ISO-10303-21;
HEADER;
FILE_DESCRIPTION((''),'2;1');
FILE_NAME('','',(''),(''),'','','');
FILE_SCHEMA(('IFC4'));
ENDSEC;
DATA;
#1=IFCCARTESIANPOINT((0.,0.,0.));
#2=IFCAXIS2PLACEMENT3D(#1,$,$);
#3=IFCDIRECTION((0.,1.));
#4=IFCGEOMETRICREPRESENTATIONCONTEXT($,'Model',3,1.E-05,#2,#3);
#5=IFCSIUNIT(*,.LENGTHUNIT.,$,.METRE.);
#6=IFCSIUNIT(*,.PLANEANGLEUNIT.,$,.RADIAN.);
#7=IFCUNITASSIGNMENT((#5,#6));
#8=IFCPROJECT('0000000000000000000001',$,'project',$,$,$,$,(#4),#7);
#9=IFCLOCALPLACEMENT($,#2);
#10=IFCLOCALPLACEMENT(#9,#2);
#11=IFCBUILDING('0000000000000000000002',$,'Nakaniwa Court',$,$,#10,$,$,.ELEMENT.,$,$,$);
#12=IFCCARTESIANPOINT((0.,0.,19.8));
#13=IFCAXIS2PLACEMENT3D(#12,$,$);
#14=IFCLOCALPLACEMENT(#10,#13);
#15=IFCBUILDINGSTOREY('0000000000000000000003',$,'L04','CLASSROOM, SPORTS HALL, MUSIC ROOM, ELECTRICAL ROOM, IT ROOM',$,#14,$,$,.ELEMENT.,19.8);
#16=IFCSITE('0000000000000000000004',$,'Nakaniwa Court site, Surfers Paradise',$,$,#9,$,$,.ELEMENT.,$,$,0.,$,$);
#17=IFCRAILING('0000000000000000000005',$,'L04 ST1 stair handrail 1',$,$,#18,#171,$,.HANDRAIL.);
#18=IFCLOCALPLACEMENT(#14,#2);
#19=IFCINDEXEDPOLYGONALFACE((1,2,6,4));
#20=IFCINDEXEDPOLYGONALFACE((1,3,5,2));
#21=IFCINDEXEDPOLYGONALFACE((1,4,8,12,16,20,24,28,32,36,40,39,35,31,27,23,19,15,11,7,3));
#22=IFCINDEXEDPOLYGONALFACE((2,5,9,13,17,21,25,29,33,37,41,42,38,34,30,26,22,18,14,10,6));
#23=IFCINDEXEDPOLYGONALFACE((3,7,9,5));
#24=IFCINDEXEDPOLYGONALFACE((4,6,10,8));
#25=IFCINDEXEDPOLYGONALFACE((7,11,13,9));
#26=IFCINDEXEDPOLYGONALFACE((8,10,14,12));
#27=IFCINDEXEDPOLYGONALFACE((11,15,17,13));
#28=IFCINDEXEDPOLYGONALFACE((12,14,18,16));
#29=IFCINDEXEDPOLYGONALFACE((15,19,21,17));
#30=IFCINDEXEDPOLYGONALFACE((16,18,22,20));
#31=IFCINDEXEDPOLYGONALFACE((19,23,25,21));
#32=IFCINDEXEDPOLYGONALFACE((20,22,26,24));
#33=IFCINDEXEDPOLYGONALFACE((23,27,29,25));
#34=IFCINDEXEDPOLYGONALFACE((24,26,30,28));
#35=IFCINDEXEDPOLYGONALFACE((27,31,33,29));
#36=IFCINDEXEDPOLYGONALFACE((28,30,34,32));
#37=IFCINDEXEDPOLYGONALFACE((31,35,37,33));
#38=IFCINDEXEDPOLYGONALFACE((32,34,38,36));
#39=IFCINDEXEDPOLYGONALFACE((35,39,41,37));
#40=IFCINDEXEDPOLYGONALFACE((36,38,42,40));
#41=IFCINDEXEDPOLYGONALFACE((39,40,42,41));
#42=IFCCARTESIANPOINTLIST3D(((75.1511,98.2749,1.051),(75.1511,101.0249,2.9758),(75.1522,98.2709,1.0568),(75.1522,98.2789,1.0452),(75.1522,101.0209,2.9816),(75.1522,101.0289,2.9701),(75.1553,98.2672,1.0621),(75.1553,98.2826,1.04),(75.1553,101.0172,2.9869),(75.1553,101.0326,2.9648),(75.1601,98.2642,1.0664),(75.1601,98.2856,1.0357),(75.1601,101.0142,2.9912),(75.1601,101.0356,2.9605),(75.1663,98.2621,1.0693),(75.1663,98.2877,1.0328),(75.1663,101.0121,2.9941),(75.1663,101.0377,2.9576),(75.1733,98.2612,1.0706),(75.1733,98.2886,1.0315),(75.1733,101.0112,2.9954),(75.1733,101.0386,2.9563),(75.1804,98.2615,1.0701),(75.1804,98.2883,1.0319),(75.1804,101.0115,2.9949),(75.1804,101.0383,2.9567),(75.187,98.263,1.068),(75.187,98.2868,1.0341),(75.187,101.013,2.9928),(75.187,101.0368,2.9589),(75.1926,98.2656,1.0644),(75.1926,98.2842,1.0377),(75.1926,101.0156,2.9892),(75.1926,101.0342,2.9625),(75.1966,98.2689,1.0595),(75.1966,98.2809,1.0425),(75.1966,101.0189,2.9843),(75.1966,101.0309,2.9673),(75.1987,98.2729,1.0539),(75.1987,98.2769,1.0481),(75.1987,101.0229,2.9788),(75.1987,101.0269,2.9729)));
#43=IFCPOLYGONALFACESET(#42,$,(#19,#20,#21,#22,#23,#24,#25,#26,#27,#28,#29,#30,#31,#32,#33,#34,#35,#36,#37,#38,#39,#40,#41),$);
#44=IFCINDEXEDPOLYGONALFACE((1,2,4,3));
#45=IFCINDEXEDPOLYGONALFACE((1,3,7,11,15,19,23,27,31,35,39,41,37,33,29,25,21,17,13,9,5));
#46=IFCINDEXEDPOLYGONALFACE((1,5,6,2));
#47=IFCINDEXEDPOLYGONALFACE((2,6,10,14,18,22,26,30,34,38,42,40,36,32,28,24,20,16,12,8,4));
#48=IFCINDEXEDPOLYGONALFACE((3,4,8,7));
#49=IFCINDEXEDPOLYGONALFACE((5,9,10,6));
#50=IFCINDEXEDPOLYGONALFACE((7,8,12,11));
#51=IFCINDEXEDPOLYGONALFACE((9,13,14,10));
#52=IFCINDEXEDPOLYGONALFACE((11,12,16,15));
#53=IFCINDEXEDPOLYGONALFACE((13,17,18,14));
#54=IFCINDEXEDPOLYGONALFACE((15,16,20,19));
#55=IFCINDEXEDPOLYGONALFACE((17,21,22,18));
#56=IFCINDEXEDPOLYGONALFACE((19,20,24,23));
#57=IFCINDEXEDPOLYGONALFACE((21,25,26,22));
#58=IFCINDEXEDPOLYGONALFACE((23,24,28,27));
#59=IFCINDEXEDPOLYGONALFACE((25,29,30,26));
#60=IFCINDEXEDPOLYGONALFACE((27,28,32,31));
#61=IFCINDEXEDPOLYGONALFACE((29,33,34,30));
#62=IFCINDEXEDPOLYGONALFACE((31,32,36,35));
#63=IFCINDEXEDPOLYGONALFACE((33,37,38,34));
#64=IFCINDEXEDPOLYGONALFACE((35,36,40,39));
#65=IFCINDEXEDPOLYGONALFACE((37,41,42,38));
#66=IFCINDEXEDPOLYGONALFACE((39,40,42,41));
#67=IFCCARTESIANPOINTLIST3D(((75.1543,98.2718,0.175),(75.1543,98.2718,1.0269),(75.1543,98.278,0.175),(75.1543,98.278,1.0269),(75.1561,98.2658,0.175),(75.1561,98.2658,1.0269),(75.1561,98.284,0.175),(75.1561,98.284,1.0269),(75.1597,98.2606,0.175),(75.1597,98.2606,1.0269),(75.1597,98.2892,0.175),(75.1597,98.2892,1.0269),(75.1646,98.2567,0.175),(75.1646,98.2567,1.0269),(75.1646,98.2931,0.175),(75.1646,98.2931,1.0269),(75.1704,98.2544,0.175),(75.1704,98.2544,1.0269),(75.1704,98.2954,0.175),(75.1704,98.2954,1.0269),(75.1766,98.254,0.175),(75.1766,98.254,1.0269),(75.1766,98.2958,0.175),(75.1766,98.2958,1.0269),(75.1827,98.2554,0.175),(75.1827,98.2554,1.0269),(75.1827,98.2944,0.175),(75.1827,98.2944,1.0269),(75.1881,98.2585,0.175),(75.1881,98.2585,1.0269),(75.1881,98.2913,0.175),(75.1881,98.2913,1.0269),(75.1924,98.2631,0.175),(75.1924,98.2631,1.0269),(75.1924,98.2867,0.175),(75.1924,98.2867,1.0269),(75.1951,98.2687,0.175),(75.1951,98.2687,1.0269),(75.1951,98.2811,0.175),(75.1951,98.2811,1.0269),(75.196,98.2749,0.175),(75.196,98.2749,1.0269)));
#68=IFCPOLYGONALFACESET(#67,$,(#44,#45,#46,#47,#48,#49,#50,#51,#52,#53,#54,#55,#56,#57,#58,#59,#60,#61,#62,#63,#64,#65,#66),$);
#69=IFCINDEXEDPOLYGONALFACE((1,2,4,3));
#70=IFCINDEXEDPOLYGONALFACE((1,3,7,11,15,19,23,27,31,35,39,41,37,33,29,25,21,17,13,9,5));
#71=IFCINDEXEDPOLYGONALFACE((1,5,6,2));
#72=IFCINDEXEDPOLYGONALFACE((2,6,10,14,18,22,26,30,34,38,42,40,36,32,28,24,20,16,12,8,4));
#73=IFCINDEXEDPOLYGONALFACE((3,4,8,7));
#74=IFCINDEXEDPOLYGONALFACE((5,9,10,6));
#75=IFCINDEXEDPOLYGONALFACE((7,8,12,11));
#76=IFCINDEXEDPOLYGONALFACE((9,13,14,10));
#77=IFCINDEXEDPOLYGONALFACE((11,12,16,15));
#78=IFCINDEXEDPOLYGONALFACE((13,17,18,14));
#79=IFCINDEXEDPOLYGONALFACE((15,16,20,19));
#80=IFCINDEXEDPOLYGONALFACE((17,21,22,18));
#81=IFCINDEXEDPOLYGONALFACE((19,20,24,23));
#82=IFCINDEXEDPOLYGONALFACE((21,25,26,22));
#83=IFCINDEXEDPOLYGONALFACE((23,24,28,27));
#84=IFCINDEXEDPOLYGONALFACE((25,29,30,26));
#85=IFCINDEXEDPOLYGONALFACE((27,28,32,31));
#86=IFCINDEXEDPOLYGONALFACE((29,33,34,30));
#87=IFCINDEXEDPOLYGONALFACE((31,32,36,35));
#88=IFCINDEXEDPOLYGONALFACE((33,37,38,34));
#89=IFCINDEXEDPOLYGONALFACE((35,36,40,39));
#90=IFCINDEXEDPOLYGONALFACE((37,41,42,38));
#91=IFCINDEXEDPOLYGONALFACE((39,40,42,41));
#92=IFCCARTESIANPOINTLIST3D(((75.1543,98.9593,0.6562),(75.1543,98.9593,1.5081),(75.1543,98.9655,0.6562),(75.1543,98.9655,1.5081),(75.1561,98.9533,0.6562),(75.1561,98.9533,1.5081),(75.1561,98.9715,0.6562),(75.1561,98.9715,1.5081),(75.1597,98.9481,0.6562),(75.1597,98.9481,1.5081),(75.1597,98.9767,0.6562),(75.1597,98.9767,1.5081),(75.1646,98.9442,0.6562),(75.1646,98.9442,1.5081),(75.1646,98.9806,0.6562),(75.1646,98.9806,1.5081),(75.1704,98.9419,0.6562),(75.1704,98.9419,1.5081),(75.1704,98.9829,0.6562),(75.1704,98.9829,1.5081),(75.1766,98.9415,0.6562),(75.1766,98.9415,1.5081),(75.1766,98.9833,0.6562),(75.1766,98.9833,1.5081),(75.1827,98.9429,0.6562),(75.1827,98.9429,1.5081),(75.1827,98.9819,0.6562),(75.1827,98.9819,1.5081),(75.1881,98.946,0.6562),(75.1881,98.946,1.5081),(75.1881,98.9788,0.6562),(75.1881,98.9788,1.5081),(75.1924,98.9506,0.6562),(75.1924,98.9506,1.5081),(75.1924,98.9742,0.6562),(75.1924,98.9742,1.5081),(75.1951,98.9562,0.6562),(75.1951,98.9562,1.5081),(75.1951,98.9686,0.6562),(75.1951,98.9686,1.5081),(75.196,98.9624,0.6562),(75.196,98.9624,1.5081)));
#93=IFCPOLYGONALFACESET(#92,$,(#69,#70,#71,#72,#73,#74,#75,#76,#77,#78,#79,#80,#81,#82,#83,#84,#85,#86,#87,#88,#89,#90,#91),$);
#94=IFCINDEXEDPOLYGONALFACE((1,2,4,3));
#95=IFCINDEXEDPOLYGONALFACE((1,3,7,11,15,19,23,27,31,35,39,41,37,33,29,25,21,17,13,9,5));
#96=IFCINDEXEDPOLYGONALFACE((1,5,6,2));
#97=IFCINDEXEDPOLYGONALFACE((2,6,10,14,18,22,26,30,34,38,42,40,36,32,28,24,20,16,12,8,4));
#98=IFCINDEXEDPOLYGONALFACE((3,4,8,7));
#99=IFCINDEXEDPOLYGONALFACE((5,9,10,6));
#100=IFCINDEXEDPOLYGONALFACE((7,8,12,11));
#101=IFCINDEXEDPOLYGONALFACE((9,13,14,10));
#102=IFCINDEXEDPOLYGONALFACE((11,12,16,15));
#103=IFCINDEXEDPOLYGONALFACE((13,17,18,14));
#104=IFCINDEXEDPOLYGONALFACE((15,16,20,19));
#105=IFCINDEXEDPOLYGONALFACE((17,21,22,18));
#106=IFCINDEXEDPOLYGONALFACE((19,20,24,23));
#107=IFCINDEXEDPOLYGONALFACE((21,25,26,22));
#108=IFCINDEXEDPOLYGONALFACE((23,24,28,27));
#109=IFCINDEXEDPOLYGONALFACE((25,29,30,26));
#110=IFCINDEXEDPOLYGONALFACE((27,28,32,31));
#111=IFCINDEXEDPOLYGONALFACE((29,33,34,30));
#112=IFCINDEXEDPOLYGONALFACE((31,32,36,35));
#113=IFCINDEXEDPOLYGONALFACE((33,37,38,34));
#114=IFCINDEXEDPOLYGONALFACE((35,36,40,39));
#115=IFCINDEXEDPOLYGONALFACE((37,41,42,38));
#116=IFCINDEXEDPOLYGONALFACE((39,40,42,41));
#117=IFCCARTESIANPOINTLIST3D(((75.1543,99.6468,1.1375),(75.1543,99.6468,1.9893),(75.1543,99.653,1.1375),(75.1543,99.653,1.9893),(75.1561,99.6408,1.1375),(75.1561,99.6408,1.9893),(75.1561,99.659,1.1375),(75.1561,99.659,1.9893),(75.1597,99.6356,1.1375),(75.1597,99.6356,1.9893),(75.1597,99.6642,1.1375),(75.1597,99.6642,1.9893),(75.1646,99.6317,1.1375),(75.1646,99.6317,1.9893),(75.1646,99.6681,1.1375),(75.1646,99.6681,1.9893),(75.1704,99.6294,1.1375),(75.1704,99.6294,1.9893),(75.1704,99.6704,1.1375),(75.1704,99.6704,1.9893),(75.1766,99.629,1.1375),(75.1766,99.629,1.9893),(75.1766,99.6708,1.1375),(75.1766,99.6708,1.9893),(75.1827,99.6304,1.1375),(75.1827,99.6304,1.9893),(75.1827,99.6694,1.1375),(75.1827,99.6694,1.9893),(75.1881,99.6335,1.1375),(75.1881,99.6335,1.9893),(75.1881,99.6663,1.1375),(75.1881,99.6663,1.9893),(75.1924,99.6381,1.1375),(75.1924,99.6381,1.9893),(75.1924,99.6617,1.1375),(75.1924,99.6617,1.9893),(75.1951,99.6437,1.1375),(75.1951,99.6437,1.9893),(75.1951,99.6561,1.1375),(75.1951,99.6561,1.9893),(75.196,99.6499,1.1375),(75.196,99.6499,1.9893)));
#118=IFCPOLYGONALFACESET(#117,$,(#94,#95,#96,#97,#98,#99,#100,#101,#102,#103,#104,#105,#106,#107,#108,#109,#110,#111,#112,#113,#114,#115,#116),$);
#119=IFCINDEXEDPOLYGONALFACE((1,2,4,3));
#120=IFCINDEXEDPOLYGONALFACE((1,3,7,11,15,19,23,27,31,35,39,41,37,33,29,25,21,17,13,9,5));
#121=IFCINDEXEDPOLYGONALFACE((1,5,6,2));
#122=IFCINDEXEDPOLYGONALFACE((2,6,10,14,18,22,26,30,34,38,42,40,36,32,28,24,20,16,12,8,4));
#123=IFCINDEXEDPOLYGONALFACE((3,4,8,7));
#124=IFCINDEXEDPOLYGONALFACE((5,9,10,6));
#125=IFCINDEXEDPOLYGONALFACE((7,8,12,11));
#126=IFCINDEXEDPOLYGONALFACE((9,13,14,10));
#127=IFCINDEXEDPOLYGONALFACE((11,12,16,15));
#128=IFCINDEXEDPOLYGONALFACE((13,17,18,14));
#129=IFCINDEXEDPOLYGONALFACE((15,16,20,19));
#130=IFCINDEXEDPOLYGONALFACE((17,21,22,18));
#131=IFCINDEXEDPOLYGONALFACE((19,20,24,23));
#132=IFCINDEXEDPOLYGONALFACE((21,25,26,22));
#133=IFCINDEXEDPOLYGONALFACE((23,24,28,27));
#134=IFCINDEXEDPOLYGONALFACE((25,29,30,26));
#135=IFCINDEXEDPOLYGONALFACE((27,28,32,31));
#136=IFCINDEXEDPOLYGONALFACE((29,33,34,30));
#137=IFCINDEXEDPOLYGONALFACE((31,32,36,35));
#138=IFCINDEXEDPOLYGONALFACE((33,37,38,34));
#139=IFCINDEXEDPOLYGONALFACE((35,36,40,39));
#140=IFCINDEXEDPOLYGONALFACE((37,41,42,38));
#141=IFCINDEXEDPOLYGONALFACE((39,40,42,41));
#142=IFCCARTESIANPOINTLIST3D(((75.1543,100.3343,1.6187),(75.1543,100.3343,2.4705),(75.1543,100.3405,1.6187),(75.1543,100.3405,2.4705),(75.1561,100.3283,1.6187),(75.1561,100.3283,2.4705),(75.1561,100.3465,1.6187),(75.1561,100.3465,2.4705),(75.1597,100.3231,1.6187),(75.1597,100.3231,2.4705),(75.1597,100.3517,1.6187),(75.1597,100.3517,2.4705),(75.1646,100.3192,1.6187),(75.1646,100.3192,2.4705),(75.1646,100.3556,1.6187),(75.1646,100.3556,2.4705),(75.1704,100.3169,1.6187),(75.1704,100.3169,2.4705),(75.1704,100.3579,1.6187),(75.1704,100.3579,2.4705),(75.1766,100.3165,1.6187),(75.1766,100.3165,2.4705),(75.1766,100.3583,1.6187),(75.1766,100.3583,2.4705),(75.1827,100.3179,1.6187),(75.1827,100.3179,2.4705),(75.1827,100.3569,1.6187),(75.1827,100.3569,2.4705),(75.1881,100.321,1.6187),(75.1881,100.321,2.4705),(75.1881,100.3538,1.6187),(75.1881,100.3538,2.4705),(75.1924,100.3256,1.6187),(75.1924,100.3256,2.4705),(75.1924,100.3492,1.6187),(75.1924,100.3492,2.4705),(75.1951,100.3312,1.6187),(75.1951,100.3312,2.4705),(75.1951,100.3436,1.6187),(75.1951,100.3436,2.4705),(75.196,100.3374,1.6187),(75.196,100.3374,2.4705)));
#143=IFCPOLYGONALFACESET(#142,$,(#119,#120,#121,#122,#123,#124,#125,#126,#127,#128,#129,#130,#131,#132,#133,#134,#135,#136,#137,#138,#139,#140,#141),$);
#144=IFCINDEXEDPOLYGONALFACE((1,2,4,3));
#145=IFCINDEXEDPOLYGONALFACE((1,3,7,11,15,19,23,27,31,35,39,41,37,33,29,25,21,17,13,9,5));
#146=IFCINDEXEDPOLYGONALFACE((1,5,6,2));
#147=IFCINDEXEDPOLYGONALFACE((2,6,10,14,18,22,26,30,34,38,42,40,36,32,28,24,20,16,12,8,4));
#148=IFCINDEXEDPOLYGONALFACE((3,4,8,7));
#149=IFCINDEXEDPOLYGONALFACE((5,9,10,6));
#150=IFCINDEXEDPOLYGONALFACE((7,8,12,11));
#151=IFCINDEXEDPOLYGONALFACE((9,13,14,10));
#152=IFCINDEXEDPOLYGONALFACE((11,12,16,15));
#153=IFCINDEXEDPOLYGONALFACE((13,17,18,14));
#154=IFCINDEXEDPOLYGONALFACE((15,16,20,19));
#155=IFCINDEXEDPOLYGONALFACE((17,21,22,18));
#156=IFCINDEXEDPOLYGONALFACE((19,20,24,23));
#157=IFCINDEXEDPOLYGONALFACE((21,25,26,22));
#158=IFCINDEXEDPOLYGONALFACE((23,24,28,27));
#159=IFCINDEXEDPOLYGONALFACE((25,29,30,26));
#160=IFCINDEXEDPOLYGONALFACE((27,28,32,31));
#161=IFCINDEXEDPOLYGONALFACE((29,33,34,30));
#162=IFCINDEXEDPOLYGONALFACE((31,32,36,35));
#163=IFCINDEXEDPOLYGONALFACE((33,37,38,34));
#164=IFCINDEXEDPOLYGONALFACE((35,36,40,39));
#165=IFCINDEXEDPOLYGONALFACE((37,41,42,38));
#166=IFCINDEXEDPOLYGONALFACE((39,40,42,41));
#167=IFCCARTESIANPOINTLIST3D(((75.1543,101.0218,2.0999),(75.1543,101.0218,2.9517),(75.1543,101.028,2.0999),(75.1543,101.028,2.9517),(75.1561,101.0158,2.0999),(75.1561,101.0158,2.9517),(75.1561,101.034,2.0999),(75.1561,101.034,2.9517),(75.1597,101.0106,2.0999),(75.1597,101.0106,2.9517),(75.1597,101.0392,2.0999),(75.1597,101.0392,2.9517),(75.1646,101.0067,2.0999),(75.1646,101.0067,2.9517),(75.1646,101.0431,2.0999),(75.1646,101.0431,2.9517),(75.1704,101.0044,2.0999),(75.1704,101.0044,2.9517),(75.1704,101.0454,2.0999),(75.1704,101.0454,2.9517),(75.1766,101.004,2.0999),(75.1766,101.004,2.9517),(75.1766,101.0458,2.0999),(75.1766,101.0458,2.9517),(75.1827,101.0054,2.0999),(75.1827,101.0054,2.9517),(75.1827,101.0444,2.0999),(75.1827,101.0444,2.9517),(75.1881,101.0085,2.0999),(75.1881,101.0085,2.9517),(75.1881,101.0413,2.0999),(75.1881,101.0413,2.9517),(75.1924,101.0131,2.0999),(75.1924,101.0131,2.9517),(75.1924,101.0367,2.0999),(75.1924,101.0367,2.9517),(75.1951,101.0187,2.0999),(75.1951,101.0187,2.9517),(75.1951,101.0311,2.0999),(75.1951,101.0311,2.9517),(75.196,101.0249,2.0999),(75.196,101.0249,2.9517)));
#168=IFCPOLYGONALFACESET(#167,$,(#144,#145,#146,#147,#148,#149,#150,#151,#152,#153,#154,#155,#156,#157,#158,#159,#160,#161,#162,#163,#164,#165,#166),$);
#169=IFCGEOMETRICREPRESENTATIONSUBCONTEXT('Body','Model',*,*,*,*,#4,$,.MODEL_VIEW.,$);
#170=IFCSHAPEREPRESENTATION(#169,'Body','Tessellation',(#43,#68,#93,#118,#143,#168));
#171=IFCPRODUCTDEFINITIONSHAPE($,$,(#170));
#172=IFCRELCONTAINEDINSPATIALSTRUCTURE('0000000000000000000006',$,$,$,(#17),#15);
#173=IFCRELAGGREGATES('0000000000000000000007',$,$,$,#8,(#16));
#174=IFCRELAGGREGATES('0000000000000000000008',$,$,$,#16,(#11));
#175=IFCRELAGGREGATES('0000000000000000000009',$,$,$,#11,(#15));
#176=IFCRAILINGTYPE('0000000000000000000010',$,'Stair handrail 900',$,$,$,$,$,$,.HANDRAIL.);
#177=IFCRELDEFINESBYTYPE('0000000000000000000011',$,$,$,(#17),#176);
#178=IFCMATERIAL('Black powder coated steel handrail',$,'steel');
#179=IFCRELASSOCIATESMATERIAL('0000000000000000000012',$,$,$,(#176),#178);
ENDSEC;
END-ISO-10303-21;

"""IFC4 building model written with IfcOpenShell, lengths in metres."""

from ifc_helpers import new_model, si_unit, direction, frame, origin, origin_2d, place, context, subcontext, project, spatial, circle, extrude, material, type_object, element, save


model = new_model("IFC4")

# Units and contexts
model_context = context("Model", 3, precision=1e-05, world=origin(), true_north=direction((0.0, 1.0)))
body_context = subcontext(model_context, "Body", "Model", "MODEL_VIEW")
ifc_project = project(units=[si_unit("LENGTHUNIT", "METRE"), si_unit("PLANEANGLEUNIT", "RADIAN")], contexts=[model_context])

# Site, building, storey
site_placement = place(None, origin())
site = spatial("IfcSite", under=ifc_project, at=site_placement, Name="Nakaniwa Court site, Surfers Paradise", CompositionType="ELEMENT", RefElevation=0.0)
building_placement = place(site_placement, origin())
building = spatial("IfcBuilding", under=site, at=building_placement, Name="Nakaniwa Court", CompositionType="ELEMENT")
storey_placement = place(building_placement, frame((0.0, 0.0, 19.8)))
storey = spatial("IfcBuildingStorey", under=building, at=storey_placement, Name="L04", Description="CLASSROOM, SPORTS HALL, MUSIC ROOM, ELECTRICAL ROOM, IT ROOM", CompositionType="ELEMENT", Elevation=19.8)

# Railing
ifc_material_1 = material(Name="Black powder coated steel handrail", Category="steel")
railing_type_1 = type_object("IfcRailingType", Name="Stair handrail 900", PredefinedType="HANDRAIL", material=ifc_material_1)
railing_1_placement = place(storey_placement, frame((75.175, 98.2749, 0.175)))
element("IfcRailing", 1, at=railing_1_placement, inside=storey, type_object=railing_type_1, Name="L04 ST1 stair handrail 1", PredefinedType="HANDRAIL", context=body_context, shape_type="SweptSolid", body=[
    extrude(circle(Radius=0.0239, at=origin_2d()), frame((0.0, 0.0, 0.876), z_axis=(0.0, 0.819259, 0.573423), x_axis=(-1.0, 0.0, 0.0)), (0.0, 0.0, 1.0), 3.3567),
    extrude(circle(Radius=0.021, at=origin_2d()), origin(), (0.0, 0.0, 1.0), 0.8518),
    extrude(circle(Radius=0.021, at=origin_2d()), frame((0.0, 0.6875, 0.4812)), (0.0, 0.0, 1.0), 0.8518),
    extrude(circle(Radius=0.021, at=origin_2d()), frame((0.0, 1.375, 0.9624)), (0.0, 0.0, 1.0), 0.8518),
    extrude(circle(Radius=0.021, at=origin_2d()), frame((0.0, 2.0625, 1.4436)), (0.0, 0.0, 1.0), 0.8518),
    extrude(circle(Radius=0.021, at=origin_2d()), frame((0.0, 2.75, 1.9248)), (0.0, 0.0, 1.0), 0.8518),
])

save(model, "model.ifc")
